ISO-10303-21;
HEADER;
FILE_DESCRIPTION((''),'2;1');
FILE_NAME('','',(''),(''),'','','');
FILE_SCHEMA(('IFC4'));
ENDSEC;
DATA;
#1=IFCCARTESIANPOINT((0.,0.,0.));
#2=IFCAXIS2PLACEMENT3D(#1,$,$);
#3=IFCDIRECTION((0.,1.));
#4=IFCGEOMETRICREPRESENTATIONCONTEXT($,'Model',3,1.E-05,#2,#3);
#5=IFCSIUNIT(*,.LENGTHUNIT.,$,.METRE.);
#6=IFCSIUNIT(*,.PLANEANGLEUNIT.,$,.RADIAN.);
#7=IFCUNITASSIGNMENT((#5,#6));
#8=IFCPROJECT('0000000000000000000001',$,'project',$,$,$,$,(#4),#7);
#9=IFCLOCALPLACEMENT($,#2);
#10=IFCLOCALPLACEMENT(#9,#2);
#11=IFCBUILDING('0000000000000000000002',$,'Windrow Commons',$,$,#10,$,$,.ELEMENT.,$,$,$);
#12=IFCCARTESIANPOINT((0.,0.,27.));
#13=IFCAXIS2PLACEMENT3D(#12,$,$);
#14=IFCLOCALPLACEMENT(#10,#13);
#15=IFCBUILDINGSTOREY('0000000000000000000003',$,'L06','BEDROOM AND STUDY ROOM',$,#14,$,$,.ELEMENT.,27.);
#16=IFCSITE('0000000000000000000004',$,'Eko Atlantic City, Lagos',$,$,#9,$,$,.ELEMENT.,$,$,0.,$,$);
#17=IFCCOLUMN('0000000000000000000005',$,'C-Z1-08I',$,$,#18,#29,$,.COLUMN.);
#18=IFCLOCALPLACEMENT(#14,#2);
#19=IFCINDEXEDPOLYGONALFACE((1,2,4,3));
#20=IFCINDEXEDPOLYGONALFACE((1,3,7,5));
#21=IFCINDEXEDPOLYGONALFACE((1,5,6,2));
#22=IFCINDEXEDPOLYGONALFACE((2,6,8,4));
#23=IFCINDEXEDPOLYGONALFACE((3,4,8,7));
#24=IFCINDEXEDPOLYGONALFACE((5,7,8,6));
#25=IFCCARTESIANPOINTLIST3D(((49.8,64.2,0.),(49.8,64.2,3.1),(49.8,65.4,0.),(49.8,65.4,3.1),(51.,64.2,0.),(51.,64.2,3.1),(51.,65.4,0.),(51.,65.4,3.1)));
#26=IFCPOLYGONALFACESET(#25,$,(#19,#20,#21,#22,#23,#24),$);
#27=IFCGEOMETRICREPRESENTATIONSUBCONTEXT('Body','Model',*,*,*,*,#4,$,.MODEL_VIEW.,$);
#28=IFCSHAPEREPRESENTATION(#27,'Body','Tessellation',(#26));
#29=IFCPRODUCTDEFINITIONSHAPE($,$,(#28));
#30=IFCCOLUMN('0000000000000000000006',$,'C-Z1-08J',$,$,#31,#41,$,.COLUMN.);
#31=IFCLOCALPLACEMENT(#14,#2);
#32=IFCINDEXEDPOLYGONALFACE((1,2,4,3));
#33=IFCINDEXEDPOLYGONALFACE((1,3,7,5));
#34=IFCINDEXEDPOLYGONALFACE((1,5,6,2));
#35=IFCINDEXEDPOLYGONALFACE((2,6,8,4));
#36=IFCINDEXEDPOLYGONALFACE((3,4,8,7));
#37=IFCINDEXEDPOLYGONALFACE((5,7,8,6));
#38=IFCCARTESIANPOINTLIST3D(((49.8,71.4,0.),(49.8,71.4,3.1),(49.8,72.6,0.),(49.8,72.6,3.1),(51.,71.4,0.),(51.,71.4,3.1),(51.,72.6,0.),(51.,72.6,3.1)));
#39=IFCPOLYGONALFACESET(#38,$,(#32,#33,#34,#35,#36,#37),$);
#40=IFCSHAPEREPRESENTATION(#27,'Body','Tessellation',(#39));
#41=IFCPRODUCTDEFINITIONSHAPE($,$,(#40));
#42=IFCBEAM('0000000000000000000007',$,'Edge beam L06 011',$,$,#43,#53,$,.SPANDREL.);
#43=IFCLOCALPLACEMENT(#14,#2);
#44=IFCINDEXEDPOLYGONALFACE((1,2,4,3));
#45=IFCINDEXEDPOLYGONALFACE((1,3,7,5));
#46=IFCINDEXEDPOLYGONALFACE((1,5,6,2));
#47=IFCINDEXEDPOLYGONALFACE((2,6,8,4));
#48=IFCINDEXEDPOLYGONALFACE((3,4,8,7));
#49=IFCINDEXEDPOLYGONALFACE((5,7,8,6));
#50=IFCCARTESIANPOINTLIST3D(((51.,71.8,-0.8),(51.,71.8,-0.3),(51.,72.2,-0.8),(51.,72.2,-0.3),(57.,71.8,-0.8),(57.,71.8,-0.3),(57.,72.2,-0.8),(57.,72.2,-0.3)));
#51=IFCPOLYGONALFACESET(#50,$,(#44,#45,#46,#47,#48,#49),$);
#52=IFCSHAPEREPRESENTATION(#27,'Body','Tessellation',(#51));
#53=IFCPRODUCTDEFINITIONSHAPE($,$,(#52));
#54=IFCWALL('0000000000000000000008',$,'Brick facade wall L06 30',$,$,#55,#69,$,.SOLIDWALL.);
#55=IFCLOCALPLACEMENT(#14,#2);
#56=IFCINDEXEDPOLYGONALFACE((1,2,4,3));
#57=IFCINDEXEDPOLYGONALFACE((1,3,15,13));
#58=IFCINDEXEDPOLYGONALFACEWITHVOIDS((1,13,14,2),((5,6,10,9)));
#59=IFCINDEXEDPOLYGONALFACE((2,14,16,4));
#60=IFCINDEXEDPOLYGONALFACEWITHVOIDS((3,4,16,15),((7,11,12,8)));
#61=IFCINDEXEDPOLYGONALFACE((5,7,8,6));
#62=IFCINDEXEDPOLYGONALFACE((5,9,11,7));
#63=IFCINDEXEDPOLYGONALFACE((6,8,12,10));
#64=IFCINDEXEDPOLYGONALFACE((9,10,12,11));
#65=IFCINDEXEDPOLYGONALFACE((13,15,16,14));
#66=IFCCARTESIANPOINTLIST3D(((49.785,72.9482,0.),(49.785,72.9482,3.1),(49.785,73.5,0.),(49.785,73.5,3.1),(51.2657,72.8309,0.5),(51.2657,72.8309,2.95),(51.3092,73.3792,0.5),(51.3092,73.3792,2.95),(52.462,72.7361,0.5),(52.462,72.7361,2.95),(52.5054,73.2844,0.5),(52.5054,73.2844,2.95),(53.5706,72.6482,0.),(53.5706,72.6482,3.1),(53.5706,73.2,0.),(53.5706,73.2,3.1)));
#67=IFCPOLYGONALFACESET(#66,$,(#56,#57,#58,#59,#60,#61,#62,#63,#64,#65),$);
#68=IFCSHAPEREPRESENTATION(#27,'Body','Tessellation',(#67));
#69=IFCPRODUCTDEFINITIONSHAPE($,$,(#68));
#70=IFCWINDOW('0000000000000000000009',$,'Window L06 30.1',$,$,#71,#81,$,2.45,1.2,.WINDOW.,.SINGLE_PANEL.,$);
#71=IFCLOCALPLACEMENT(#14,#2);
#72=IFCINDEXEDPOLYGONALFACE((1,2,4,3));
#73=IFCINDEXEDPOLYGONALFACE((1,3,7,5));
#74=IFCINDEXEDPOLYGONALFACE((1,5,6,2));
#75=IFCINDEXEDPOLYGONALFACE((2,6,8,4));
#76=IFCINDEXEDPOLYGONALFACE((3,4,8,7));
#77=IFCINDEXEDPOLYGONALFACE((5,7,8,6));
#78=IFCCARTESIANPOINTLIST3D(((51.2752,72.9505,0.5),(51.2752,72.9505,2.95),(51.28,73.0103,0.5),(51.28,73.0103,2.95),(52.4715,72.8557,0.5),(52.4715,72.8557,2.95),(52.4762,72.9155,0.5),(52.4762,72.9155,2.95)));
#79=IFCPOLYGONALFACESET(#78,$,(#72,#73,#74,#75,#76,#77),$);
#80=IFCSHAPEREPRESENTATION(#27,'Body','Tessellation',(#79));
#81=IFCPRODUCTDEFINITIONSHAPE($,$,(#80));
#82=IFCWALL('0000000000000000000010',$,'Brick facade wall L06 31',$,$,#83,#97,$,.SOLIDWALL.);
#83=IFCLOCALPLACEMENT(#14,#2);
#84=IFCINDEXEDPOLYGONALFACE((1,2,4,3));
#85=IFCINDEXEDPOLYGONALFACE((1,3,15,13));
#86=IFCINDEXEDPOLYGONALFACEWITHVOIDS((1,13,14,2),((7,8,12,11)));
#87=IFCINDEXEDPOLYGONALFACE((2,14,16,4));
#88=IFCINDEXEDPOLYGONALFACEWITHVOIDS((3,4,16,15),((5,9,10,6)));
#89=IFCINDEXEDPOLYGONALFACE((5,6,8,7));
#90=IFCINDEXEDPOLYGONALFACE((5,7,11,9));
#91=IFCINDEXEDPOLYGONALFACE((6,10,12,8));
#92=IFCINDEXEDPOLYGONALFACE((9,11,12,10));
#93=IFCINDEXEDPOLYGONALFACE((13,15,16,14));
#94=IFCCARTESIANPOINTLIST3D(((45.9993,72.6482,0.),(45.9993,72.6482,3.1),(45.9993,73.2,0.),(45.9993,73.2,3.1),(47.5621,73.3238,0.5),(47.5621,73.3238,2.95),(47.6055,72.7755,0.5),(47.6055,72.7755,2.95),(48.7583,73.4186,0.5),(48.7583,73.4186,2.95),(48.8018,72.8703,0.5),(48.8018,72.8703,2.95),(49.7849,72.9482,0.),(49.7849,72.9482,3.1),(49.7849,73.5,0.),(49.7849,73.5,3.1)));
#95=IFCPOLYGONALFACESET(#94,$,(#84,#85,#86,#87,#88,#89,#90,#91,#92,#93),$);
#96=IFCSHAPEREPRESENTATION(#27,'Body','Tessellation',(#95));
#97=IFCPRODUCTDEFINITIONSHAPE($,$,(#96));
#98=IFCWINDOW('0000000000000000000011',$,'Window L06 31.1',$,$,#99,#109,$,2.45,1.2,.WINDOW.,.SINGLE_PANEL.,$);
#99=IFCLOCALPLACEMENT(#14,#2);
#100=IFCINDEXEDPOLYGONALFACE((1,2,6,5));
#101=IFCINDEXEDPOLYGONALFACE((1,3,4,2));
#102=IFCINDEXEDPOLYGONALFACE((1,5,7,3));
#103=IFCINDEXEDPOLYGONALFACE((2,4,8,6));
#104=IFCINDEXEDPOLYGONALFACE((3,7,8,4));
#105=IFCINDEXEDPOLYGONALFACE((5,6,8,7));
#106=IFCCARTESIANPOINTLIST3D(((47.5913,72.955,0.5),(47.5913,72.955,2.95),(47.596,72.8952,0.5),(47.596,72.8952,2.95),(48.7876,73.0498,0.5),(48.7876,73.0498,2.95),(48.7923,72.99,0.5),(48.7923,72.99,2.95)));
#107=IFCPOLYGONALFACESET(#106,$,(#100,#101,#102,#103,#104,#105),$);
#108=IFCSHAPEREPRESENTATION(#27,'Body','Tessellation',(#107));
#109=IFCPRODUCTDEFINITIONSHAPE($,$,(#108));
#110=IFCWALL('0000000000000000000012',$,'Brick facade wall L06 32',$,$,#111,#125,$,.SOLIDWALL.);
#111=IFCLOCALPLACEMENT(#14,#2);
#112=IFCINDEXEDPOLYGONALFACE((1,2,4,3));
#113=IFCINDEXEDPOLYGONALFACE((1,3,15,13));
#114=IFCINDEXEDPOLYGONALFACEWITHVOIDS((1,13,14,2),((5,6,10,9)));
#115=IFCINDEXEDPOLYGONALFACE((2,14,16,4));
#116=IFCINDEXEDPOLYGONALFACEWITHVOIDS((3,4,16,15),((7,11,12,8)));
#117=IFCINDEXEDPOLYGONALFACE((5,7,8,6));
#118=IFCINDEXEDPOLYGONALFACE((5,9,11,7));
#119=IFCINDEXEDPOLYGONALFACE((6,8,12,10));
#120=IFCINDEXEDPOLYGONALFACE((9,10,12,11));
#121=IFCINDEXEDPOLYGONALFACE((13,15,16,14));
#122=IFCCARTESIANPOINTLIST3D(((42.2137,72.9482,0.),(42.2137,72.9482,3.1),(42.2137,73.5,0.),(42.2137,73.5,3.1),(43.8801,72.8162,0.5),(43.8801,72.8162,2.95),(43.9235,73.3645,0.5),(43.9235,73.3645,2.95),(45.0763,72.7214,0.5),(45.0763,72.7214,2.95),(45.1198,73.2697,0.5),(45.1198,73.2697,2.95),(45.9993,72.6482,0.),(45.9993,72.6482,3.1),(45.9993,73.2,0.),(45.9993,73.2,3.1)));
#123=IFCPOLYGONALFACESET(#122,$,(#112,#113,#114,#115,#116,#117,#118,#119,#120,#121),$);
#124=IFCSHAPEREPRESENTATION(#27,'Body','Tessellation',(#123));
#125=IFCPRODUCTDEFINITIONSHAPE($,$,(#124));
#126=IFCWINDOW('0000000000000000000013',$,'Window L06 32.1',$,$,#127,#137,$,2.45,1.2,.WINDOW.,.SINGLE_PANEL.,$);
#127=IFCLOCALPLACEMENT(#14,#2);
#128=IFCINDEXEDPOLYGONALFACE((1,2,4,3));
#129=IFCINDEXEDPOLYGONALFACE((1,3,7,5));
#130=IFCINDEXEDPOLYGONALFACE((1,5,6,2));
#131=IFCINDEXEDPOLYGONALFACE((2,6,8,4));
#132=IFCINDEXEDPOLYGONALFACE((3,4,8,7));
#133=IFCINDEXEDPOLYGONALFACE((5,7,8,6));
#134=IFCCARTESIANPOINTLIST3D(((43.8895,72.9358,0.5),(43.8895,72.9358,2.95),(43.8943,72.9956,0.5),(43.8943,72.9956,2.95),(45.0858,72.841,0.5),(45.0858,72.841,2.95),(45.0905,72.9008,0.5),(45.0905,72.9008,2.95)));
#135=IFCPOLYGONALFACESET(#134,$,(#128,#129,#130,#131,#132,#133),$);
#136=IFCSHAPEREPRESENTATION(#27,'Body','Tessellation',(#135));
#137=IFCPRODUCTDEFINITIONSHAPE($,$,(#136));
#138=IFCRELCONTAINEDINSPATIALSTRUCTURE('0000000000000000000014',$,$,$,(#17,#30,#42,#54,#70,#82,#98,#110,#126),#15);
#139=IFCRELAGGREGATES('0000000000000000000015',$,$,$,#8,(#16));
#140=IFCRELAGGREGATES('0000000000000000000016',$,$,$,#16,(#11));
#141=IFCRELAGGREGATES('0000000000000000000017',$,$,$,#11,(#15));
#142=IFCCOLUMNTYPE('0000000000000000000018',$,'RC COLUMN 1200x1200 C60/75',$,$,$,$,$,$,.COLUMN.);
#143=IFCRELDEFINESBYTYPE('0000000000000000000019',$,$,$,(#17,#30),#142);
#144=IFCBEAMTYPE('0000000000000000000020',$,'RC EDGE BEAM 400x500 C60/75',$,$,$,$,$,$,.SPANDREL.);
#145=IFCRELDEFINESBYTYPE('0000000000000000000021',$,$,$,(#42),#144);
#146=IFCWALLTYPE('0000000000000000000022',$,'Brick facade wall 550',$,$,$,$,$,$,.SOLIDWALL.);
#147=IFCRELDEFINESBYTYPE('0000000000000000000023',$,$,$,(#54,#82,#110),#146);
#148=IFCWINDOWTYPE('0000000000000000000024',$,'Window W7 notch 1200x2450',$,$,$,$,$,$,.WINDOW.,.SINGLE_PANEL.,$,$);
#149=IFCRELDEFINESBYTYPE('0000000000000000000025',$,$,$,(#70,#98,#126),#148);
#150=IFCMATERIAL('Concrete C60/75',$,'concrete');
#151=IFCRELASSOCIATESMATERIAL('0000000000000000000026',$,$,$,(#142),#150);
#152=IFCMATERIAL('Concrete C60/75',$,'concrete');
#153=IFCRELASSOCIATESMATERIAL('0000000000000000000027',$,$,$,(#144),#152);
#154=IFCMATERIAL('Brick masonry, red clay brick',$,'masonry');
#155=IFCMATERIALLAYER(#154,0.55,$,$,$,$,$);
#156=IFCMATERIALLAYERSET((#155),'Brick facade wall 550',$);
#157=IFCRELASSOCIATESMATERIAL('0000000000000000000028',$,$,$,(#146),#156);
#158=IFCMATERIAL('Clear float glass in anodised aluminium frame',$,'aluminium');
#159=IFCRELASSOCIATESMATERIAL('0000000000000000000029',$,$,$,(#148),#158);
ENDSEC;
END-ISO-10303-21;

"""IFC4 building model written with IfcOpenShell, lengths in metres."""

from ifc_helpers import new_model, si_unit, direction, frame, frame_2d, origin, origin_2d, place, context, subcontext, project, spatial, polyline, rectangle, outline, extrude, material, layer, layer_set, material_profile, profile_set, type_object, element, fill, save


model = new_model("IFC4")

# Units and contexts
model_context = context("Model", 3, precision=1e-05, world=origin(), true_north=direction((0.0, 1.0)))
body_context = subcontext(model_context, "Body", "Model", "MODEL_VIEW")
ifc_project = project(units=[si_unit("LENGTHUNIT", "METRE"), si_unit("PLANEANGLEUNIT", "RADIAN")], contexts=[model_context])

# Site, building, storey
site_placement = place(None, origin())
site = spatial("IfcSite", under=ifc_project, at=site_placement, Name="Eko Atlantic City, Lagos", CompositionType="ELEMENT", RefElevation=0.0)
building_placement = place(site_placement, origin())
building = spatial("IfcBuilding", under=site, at=building_placement, Name="Windrow Commons", CompositionType="ELEMENT")
storey_placement = place(building_placement, frame((0.0, 0.0, 27.0)))
storey = spatial("IfcBuildingStorey", under=building, at=storey_placement, Name="L06", Description="BEDROOM AND STUDY ROOM", CompositionType="ELEMENT", Elevation=27.0)

# Columns
ifc_material_1 = material(Name="Concrete C60/75", Category="concrete")
ifc_material_profile_1 = material_profile(ifc_material_1, rectangle(XDim=1.2, YDim=1.2, at=origin_2d()))
ifc_profile_set_1 = profile_set([ifc_material_profile_1], Name="Concrete C60/75")
column_type = type_object("IfcColumnType", Name="RC COLUMN 1200x1200 C60/75", PredefinedType="COLUMN", material=ifc_profile_set_1)
for number, where, z_axis, x_axis, name in (
    (1, (50.4, 64.8, 0.0), (0.0, 0.0, 1.0), (1.0, 0.0, 0.0), "C-Z1-08I"),
    (2, (50.4, 72.0, 0.0), (0.0, 0.0, 1.0), (1.0, 0.0, 0.0), "C-Z1-08J"),
):
    element("IfcColumn", number, at=place(storey_placement, frame(where, z_axis=z_axis, x_axis=x_axis)), inside=storey, type_object=column_type, Name=name, PredefinedType="COLUMN", context=body_context, shape_type="SweptSolid", body=[
        extrude(rectangle(XDim=1.2, YDim=1.2, at=origin_2d()), origin(), (0.0, 0.0, 1.0), 3.1),
    ])

# Beam
ifc_material_2 = material(Name="Concrete C60/75", Category="concrete")
ifc_material_profile_2 = material_profile(ifc_material_2, rectangle(XDim=0.4, YDim=0.5, at=origin_2d()))
ifc_profile_set_2 = profile_set([ifc_material_profile_2], Name="Concrete C60/75")
beam_type = type_object("IfcBeamType", Name="RC EDGE BEAM 400x500 C60/75", PredefinedType="SPANDREL", material=ifc_profile_set_2)
beam_placement = place(storey_placement, frame((51.0, 72.0, -0.55), z_axis=(1.0, 0.0, 0.0), x_axis=(0.0, 1.0, 0.0)))
element("IfcBeam", 3, at=beam_placement, inside=storey, type_object=beam_type, Name="Edge beam L06 011", PredefinedType="SPANDREL", context=body_context, shape_type="SweptSolid", body=[
    extrude(rectangle(XDim=0.4, YDim=0.5, at=origin_2d()), origin(), (0.0, 0.0, 1.0), 6.0),
])

# Walls, openings, windows
ifc_material_3 = material(Name="Brick masonry, red clay brick", Category="masonry")
ifc_layer_1 = layer(ifc_material_3, 0.55)
ifc_layer_set_1 = layer_set([ifc_layer_1], Name="Brick facade wall 550")
wall_type_1 = type_object("IfcWallType", Name="Brick facade wall 550", PredefinedType="SOLIDWALL", material=ifc_layer_set_1)
wall_1_placement = place(storey_placement, frame((53.5706, 72.9241, 0.0), z_axis=(0.0, 0.0, 1.0), x_axis=(-0.996875, 0.078998, 0.0)))
wall_1 = element("IfcWall", 4, at=wall_1_placement, inside=storey, type_object=wall_type_1, Name="Brick facade wall L06 30", PredefinedType="SOLIDWALL", context=body_context, shape_type="SweptSolid", body=[
    extrude(outline(polyline([(0.0218, -0.275), (3.8193, -0.275), (3.7757, 0.275), (-0.0218, 0.275), (0.0218, -0.275)])), origin(), (0.0, 0.0, 1.0), 3.1),
])
opening_1_placement = place(wall_1_placement, frame((1.0903, 0.0, 0.5)))
opening_1 = element("IfcOpeningElement", 5, at=opening_1_placement, cuts=wall_1, PredefinedType="OPENING", context=body_context, shape_type="SweptSolid", body=[
    extrude(rectangle(XDim=1.2, YDim=2.45, at=frame_2d((0.6, 1.225))), frame((0.0, 0.285, 0.0), z_axis=(0.0, -1.0, 0.0), x_axis=(1.0, 0.0, 0.0)), (0.0, 0.0, 1.0), 0.57),
])
ifc_material_4 = material(Name="Clear float glass in anodised aluminium frame", Category="aluminium")
window_type = type_object("IfcWindowType", Name="Window W7 notch 1200x2450", PartitioningType="SINGLE_PANEL", PredefinedType="WINDOW", material=ifc_material_4)
window_1_placement = place(opening_1_placement, origin())
window_1 = element("IfcWindow", 6, at=window_1_placement, inside=storey, type_object=window_type, Name="Window L06 30.1", OverallHeight=2.45, OverallWidth=1.2, PartitioningType="SINGLE_PANEL", PredefinedType="WINDOW", context=body_context, shape_type="SweptSolid", body=[
    extrude(rectangle(XDim=1.2, YDim=2.45, at=frame_2d((0.6, 1.225))), frame((0.0, 0.155, 0.0), z_axis=(0.0, -1.0, 0.0), x_axis=(1.0, 0.0, 0.0)), (0.0, 0.0, 1.0), 0.06),
])
fill(opening_1, window_1)
wall_2_placement = place(storey_placement, frame((49.7849, 73.2241, 0.0), z_axis=(0.0, 0.0, 1.0), x_axis=(-0.996875, -0.079, 0.0)))
wall_2 = element("IfcWall", 7, at=wall_2_placement, inside=storey, type_object=wall_type_1, Name="Brick facade wall L06 31", PredefinedType="SOLIDWALL", context=body_context, shape_type="SweptSolid", body=[
    extrude(outline(polyline([(-0.0218, -0.275), (3.7757, -0.275), (3.8193, 0.275), (0.0218, 0.275), (-0.0218, -0.275)])), origin(), (0.0, 0.0, 1.0), 3.1),
])
opening_2_placement = place(wall_2_placement, frame((1.008, 0.0, 0.5)))
opening_2 = element("IfcOpeningElement", 8, at=opening_2_placement, cuts=wall_2, PredefinedType="OPENING", context=body_context, shape_type="SweptSolid", body=[
    extrude(rectangle(XDim=1.2, YDim=2.45, at=frame_2d((0.6, 1.225))), frame((0.0, 0.285, 0.0), z_axis=(0.0, -1.0, 0.0), x_axis=(1.0, 0.0, 0.0)), (0.0, 0.0, 1.0), 0.57),
])
window_2_placement = place(opening_2_placement, origin())
window_2 = element("IfcWindow", 9, at=window_2_placement, inside=storey, type_object=window_type, Name="Window L06 31.1", OverallHeight=2.45, OverallWidth=1.2, PartitioningType="SINGLE_PANEL", PredefinedType="WINDOW", context=body_context, shape_type="SweptSolid", body=[
    extrude(rectangle(XDim=1.2, YDim=2.45, at=frame_2d((0.6, 1.225))), frame((0.0, 0.155, 0.0), z_axis=(0.0, -1.0, 0.0), x_axis=(1.0, 0.0, 0.0)), (0.0, 0.0, 1.0), 0.06),
])
fill(opening_2, window_2)
wall_3_placement = place(storey_placement, frame((45.9993, 72.9241, 0.0), z_axis=(0.0, 0.0, 1.0), x_axis=(-0.996875, 0.079, 0.0)))
wall_3 = element("IfcWall", 10, at=wall_3_placement, inside=storey, type_object=wall_type_1, Name="Brick facade wall L06 32", PredefinedType="SOLIDWALL", context=body_context, shape_type="SweptSolid", body=[
    extrude(outline(polyline([(0.0218, -0.275), (3.8193, -0.275), (3.7757, 0.275), (-0.0218, 0.275), (0.0218, -0.275)])), origin(), (0.0, 0.0, 1.0), 3.1),
])
opening_3_placement = place(wall_3_placement, frame((0.9041, 0.0, 0.5)))
opening_3 = element("IfcOpeningElement", 11, at=opening_3_placement, cuts=wall_3, PredefinedType="OPENING", context=body_context, shape_type="SweptSolid", body=[
    extrude(rectangle(XDim=1.2, YDim=2.45, at=frame_2d((0.6, 1.225))), frame((0.0, 0.285, 0.0), z_axis=(0.0, -1.0, 0.0), x_axis=(1.0, 0.0, 0.0)), (0.0, 0.0, 1.0), 0.57),
])
window_3_placement = place(opening_3_placement, origin())
window_3 = element("IfcWindow", 12, at=window_3_placement, inside=storey, type_object=window_type, Name="Window L06 32.1", OverallHeight=2.45, OverallWidth=1.2, PartitioningType="SINGLE_PANEL", PredefinedType="WINDOW", context=body_context, shape_type="SweptSolid", body=[
    extrude(rectangle(XDim=1.2, YDim=2.45, at=frame_2d((0.6, 1.225))), frame((0.0, 0.155, 0.0), z_axis=(0.0, -1.0, 0.0), x_axis=(1.0, 0.0, 0.0)), (0.0, 0.0, 1.0), 0.06),
])
fill(opening_3, window_3)

save(model, "model.ifc")
